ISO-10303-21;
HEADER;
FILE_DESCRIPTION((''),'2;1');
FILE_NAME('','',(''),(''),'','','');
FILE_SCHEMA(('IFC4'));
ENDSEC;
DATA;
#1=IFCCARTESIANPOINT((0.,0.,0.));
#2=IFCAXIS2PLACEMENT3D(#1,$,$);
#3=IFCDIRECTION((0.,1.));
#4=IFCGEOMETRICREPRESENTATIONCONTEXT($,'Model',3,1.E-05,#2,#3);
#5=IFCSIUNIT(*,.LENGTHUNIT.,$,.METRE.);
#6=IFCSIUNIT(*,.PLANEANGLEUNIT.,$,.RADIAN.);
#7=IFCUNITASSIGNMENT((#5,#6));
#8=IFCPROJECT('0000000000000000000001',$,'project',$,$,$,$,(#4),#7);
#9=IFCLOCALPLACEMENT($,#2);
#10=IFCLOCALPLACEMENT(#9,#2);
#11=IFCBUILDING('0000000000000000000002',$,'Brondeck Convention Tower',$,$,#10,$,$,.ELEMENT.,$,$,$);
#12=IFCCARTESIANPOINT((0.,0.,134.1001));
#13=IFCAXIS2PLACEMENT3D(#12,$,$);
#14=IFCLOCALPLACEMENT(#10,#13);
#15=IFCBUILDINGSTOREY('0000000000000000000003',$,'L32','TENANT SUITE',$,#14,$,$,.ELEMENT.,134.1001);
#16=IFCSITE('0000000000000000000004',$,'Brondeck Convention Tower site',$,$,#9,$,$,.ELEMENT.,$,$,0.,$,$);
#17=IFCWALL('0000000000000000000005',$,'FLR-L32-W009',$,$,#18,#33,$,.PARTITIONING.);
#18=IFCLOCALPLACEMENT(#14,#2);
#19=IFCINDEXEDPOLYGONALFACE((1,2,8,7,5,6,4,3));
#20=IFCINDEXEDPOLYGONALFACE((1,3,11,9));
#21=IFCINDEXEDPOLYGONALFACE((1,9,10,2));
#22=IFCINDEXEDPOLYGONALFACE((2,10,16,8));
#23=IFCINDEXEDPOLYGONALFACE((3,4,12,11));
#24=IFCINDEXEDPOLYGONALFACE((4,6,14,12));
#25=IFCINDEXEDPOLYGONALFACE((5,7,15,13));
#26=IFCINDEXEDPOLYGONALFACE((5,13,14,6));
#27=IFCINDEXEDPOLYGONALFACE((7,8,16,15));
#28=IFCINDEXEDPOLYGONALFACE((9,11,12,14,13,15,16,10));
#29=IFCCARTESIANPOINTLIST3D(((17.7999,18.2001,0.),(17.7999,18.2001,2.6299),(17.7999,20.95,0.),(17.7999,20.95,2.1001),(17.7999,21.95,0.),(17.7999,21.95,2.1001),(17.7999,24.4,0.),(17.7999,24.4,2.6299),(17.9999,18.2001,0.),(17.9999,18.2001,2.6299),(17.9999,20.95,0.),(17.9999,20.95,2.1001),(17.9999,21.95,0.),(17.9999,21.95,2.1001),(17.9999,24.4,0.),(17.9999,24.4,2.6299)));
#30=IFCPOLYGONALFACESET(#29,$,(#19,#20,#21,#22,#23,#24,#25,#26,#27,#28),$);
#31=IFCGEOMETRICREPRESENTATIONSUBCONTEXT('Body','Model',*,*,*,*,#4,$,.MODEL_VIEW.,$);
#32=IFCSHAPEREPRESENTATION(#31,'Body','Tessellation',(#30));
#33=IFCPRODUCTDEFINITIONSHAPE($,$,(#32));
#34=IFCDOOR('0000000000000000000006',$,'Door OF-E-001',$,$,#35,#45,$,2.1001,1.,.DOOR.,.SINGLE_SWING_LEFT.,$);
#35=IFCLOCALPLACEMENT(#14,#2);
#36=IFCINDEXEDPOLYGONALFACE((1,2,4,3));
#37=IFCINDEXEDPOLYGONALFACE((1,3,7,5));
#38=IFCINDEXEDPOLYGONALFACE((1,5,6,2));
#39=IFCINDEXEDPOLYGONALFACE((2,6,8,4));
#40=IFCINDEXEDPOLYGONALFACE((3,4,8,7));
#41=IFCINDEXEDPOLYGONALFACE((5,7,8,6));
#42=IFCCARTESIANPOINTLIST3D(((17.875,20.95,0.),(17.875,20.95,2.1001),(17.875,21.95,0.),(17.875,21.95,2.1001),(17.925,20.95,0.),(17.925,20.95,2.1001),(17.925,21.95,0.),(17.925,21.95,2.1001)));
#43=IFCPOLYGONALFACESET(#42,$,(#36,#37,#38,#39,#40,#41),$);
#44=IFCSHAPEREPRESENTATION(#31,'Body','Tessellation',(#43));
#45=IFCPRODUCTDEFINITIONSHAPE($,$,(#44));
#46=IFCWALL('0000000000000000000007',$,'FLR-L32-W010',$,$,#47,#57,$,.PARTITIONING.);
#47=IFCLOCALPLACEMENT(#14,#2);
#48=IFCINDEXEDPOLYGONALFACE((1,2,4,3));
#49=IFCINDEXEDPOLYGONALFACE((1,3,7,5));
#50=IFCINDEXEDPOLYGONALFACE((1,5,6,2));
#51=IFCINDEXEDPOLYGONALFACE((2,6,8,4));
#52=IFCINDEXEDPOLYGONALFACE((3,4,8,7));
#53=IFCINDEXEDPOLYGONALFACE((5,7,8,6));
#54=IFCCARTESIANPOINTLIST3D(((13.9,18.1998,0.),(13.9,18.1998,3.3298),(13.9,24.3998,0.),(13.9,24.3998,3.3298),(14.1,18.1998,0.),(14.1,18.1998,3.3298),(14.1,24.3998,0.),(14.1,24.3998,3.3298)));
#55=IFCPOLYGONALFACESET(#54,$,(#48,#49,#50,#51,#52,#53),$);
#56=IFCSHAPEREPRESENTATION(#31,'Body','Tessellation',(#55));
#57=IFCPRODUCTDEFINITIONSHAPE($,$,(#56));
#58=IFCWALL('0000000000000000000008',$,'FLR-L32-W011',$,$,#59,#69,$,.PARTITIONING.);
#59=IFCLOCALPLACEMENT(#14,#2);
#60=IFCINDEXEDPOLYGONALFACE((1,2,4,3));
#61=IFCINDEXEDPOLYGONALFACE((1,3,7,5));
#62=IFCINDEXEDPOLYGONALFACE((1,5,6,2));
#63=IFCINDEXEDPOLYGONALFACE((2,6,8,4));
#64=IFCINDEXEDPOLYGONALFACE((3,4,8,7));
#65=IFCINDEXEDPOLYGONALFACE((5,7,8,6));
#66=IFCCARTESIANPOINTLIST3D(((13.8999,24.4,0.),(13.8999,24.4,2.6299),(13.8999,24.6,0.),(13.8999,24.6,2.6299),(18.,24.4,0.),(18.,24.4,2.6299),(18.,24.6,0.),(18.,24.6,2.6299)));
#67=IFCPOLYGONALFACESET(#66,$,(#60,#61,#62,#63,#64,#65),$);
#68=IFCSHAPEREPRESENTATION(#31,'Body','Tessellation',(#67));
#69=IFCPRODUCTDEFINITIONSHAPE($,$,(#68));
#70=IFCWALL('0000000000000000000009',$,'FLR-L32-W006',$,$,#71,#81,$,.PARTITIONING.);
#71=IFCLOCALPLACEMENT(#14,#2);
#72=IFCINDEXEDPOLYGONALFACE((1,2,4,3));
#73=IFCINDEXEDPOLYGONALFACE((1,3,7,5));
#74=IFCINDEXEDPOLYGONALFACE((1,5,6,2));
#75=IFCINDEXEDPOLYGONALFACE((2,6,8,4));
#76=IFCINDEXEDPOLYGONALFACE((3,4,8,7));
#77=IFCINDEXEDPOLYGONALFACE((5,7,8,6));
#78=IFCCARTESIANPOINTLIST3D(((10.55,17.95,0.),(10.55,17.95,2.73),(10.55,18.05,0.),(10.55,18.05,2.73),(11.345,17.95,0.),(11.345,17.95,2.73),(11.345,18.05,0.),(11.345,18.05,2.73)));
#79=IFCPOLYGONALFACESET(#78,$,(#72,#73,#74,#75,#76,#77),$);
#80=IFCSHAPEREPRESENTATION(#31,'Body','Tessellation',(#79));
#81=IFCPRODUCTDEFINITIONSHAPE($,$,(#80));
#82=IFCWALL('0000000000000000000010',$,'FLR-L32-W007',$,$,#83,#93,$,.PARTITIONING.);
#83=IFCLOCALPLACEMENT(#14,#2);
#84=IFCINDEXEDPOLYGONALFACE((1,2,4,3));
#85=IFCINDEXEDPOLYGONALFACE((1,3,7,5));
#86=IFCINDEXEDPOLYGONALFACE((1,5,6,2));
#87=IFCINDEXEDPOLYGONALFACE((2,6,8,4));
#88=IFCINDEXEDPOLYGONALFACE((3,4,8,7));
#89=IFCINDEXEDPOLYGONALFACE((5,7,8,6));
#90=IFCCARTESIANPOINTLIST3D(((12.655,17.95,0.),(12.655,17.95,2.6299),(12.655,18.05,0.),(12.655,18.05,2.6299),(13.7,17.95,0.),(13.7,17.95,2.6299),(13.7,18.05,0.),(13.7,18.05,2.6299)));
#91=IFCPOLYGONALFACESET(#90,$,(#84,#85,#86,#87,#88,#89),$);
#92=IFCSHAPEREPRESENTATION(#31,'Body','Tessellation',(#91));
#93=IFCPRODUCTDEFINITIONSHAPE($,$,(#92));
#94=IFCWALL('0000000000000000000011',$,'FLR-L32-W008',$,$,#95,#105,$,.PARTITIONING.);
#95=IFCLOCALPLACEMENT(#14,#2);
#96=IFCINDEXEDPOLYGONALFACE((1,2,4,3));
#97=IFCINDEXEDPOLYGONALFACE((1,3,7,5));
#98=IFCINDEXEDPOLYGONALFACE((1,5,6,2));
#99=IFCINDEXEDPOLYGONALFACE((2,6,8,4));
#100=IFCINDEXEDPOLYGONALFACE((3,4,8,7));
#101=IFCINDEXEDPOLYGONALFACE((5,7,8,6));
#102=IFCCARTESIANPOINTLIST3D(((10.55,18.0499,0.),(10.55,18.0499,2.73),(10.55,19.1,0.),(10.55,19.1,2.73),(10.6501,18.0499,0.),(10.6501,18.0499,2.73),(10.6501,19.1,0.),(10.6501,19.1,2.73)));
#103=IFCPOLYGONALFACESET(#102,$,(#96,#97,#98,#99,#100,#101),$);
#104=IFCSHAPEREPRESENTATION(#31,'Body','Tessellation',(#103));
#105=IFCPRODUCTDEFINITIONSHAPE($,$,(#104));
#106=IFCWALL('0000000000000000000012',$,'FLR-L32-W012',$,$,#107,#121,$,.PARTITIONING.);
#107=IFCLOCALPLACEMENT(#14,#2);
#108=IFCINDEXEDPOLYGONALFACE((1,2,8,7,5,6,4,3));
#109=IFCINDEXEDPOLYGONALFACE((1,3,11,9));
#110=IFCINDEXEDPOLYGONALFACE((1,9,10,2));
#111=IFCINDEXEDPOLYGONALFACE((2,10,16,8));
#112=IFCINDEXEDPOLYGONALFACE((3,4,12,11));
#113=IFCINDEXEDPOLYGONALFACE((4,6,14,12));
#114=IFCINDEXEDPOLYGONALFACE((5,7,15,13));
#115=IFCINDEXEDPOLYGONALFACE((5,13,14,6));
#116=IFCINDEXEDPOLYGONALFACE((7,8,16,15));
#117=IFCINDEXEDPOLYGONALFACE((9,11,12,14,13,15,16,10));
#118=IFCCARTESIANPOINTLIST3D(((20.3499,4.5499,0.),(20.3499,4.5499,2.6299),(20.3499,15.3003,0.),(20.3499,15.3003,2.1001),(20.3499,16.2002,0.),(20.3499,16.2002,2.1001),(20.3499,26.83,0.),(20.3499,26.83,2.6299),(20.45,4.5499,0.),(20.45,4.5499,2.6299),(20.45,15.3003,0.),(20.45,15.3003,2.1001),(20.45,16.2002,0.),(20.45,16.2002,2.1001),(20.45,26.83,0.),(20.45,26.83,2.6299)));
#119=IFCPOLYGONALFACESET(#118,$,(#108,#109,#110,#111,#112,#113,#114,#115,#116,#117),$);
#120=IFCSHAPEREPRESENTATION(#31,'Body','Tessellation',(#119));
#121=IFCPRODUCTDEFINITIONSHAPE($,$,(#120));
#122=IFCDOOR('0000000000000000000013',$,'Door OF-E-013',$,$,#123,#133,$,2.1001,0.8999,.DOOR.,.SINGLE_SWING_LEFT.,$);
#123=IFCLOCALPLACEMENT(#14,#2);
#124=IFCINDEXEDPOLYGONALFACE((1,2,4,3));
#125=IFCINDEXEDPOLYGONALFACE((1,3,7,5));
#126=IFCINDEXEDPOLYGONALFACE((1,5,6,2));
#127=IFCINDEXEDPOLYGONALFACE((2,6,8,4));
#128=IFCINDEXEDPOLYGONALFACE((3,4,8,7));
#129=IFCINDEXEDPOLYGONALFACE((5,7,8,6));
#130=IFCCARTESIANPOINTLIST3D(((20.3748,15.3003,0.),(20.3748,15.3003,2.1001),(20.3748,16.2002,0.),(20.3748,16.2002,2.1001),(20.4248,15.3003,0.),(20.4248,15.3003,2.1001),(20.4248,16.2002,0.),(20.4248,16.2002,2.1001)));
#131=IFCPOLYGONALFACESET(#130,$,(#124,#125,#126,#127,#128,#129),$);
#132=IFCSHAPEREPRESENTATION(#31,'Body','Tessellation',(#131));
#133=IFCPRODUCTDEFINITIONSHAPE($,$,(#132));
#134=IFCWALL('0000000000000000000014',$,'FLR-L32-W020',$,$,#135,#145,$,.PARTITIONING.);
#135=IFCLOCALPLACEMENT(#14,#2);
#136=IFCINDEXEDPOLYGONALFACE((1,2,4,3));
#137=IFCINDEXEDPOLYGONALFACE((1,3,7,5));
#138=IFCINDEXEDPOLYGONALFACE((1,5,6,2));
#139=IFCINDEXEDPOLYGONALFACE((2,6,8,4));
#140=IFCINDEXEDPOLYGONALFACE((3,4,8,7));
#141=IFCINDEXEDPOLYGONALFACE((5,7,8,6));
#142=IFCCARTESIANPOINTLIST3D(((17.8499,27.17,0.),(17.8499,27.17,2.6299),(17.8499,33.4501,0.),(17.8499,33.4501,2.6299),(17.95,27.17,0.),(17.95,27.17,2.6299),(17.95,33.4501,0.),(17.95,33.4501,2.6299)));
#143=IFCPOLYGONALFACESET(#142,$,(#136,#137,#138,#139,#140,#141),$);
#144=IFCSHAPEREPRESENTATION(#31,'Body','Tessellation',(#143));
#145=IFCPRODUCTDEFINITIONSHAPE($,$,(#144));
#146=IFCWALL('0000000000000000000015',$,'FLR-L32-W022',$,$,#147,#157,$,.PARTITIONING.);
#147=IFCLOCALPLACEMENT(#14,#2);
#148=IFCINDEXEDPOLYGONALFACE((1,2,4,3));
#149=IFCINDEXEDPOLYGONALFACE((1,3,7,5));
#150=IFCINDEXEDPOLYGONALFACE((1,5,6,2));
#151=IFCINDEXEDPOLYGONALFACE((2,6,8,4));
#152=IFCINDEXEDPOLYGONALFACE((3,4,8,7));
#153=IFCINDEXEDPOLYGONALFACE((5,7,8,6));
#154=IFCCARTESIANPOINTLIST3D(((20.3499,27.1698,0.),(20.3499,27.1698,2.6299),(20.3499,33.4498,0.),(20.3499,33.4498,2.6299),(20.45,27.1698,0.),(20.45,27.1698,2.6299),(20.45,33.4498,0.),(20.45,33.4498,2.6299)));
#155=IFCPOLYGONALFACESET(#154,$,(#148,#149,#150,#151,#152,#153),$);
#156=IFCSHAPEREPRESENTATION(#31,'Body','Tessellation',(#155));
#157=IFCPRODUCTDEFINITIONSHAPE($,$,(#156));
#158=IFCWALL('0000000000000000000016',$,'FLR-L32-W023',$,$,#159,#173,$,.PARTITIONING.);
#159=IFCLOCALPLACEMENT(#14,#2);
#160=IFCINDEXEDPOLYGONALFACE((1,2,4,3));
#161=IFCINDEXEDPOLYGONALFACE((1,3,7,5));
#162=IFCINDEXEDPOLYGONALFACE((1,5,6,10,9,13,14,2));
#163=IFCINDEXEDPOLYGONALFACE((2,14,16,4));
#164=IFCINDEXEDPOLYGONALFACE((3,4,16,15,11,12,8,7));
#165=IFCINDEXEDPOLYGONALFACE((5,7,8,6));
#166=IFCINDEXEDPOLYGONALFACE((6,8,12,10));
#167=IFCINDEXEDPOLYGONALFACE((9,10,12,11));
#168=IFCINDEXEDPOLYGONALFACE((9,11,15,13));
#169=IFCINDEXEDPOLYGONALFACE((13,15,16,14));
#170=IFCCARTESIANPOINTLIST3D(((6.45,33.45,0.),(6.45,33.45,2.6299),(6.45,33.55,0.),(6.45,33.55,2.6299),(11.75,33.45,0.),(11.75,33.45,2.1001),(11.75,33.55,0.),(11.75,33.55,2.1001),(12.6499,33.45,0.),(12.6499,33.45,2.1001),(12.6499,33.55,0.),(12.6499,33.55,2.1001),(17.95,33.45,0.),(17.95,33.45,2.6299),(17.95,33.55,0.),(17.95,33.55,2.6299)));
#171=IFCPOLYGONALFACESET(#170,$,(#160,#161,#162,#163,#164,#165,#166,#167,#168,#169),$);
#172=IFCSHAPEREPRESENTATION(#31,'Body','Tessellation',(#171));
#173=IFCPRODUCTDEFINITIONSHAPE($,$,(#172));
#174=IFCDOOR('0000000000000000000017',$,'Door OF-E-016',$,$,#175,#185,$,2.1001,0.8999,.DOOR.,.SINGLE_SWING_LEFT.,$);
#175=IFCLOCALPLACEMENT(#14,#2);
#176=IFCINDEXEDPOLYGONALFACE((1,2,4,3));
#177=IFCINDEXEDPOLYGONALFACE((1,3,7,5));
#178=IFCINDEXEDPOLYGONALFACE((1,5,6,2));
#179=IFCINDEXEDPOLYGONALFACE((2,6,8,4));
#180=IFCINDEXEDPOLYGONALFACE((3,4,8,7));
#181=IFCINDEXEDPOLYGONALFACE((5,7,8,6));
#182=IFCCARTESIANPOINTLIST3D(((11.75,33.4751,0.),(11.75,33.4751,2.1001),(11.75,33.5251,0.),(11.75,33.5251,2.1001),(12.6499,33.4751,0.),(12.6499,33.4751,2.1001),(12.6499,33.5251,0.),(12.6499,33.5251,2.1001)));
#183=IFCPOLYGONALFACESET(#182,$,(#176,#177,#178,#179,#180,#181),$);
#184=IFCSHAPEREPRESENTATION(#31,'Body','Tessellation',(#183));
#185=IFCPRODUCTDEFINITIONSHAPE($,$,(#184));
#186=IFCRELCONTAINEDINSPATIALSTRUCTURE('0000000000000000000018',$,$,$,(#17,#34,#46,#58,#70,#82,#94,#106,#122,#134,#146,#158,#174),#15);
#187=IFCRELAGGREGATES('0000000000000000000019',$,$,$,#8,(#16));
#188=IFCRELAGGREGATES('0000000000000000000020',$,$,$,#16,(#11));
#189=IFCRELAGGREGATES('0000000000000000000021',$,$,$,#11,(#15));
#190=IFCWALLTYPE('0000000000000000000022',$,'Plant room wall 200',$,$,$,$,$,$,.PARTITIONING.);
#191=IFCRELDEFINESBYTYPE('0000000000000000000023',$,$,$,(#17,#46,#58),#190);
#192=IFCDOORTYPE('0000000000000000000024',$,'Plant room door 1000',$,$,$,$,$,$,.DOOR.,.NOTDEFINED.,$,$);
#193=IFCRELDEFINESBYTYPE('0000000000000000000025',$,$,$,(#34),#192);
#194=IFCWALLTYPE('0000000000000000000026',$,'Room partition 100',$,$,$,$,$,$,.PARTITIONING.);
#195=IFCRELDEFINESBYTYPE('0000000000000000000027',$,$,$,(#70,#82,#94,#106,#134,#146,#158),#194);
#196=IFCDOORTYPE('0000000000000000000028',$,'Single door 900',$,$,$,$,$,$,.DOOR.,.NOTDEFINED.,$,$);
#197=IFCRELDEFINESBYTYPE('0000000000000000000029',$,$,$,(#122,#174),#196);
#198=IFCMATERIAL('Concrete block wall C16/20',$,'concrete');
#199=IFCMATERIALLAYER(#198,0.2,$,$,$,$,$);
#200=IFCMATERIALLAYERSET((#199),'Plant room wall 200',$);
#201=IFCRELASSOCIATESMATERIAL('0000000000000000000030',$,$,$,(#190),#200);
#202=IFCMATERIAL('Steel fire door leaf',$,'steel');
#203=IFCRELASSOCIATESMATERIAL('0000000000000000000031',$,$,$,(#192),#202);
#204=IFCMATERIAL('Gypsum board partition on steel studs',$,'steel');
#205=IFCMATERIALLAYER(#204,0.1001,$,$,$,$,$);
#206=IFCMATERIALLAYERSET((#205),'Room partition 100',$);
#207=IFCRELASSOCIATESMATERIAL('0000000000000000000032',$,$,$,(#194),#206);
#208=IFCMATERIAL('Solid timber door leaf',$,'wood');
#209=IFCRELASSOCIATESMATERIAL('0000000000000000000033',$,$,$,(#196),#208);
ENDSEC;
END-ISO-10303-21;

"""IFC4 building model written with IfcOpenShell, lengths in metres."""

from ifc_helpers import new_model, si_unit, direction, frame, frame_2d, origin, place, context, subcontext, project, spatial, rectangle, extrude, material, layer, layer_set, type_object, element, fill, save


model = new_model("IFC4")

# Units and contexts
model_context = context("Model", 3, precision=1e-05, world=origin(), true_north=direction((0.0, 1.0)))
body_context = subcontext(model_context, "Body", "Model", "MODEL_VIEW")
ifc_project = project(units=[si_unit("LENGTHUNIT", "METRE"), si_unit("PLANEANGLEUNIT", "RADIAN")], contexts=[model_context])

# Site, building, storey
site_placement = place(None, origin())
site = spatial("IfcSite", under=ifc_project, at=site_placement, Name="Brondeck Convention Tower site", CompositionType="ELEMENT", RefElevation=0.0)
building_placement = place(site_placement, origin())
building = spatial("IfcBuilding", under=site, at=building_placement, Name="Brondeck Convention Tower", CompositionType="ELEMENT")
storey_placement = place(building_placement, frame((0.0, 0.0, 134.1001)))
storey = spatial("IfcBuildingStorey", under=building, at=storey_placement, Name="L32", Description="TENANT SUITE", CompositionType="ELEMENT", Elevation=134.1001)

# Wall, opening, door
ifc_material_1 = material(Name="Concrete block wall C16/20", Category="concrete")
ifc_layer_1 = layer(ifc_material_1, 0.2)
ifc_layer_set_1 = layer_set([ifc_layer_1], Name="Plant room wall 200")
wall_type_1 = type_object("IfcWallType", Name="Plant room wall 200", PredefinedType="PARTITIONING", material=ifc_layer_set_1)
wall_1_placement = place(storey_placement, frame((17.8999, 18.2, 0.0), z_axis=(0.0, 0.0, 1.0), x_axis=(0.0, 1.0, 0.0)))
wall_1 = element("IfcWall", 1, at=wall_1_placement, inside=storey, type_object=wall_type_1, Name="FLR-L32-W009", PredefinedType="PARTITIONING", context=body_context, shape_type="SweptSolid", body=[
    extrude(rectangle(XDim=6.2, YDim=0.2, at=frame_2d((3.1001, 0.0))), origin(), (0.0, 0.0, 1.0), 2.6299),
])
opening_1_placement = place(wall_1_placement, frame((2.75, 0.0, 0.0)))
opening_1 = element("IfcOpeningElement", 2, at=opening_1_placement, cuts=wall_1, PredefinedType="OPENING", context=body_context, shape_type="SweptSolid", body=[
    extrude(rectangle(XDim=1.0, YDim=2.1001, at=frame_2d((0.5, 1.05))), frame((0.0, 0.1099, 0.0), z_axis=(0.0, -1.0, 0.0), x_axis=(1.0, 0.0, 0.0)), (0.0, 0.0, 1.0), 0.22),
])
ifc_material_2 = material(Name="Steel fire door leaf", Category="steel")
door_type_1 = type_object("IfcDoorType", Name="Plant room door 1000", OperationType="NOTDEFINED", PredefinedType="DOOR", material=ifc_material_2)
door_1_placement = place(opening_1_placement, origin())
door_1 = element("IfcDoor", 3, at=door_1_placement, inside=storey, type_object=door_type_1, Name="Door OF-E-001", OperationType="SINGLE_SWING_LEFT", OverallHeight=2.1001, OverallWidth=1.0, PredefinedType="DOOR", context=body_context, shape_type="SweptSolid", body=[
    extrude(rectangle(XDim=1.0, YDim=2.1001, at=frame_2d((0.5, 1.05))), frame((0.0, 0.0249, 0.0), z_axis=(0.0, -1.0, 0.0), x_axis=(1.0, 0.0, 0.0)), (0.0, 0.0, 1.0), 0.05),
])
fill(opening_1, door_1)

# Walls
wall_2_placement = place(storey_placement, frame((14.0, 24.3999, 0.0), z_axis=(0.0, 0.0, 1.0), x_axis=(0.0, -1.0, 0.0)))
element("IfcWall", 4, at=wall_2_placement, inside=storey, type_object=wall_type_1, Name="FLR-L32-W010", PredefinedType="PARTITIONING", context=body_context, shape_type="SweptSolid", body=[
    extrude(rectangle(XDim=6.2, YDim=0.2, at=frame_2d((3.1001, 0.0))), origin(), (0.0, 0.0, 1.0), 3.3298),
])
wall_3_placement = place(storey_placement, frame((18.0, 24.5, 0.0), z_axis=(0.0, 0.0, 1.0), x_axis=(-1.0, 0.0, 0.0)))
element("IfcWall", 5, at=wall_3_placement, inside=storey, type_object=wall_type_1, Name="FLR-L32-W011", PredefinedType="PARTITIONING", context=body_context, shape_type="SweptSolid", body=[
    extrude(rectangle(XDim=4.1001, YDim=0.2, at=frame_2d((2.05, 0.0))), origin(), (0.0, 0.0, 1.0), 2.6299),
])
ifc_material_3 = material(Name="Gypsum board partition on steel studs", Category="steel")
ifc_layer_2 = layer(ifc_material_3, 0.1001)
ifc_layer_set_2 = layer_set([ifc_layer_2], Name="Room partition 100")
wall_type_2 = type_object("IfcWallType", Name="Room partition 100", PredefinedType="PARTITIONING", material=ifc_layer_set_2)
wall_4_placement = place(storey_placement, frame((11.345, 18.0, 0.0), z_axis=(0.0, 0.0, 1.0), x_axis=(-1.0, 0.0, 0.0)))
element("IfcWall", 6, at=wall_4_placement, inside=storey, type_object=wall_type_2, Name="FLR-L32-W006", PredefinedType="PARTITIONING", context=body_context, shape_type="SweptSolid", body=[
    extrude(rectangle(XDim=0.7949, YDim=0.1001, at=frame_2d((0.3975, 0.0))), origin(), (0.0, 0.0, 1.0), 2.73),
])
wall_5_placement = place(storey_placement, frame((13.7, 18.0, 0.0), z_axis=(0.0, 0.0, 1.0), x_axis=(-1.0, 0.0, 0.0)))
element("IfcWall", 7, at=wall_5_placement, inside=storey, type_object=wall_type_2, Name="FLR-L32-W007", PredefinedType="PARTITIONING", context=body_context, shape_type="SweptSolid", body=[
    extrude(rectangle(XDim=1.0449, YDim=0.1001, at=frame_2d((0.5225, 0.0))), origin(), (0.0, 0.0, 1.0), 2.6299),
])
wall_6_placement = place(storey_placement, frame((10.6001, 18.05, 0.0), z_axis=(0.0, 0.0, 1.0), x_axis=(0.0, 1.0, 0.0)))
element("IfcWall", 8, at=wall_6_placement, inside=storey, type_object=wall_type_2, Name="FLR-L32-W008", PredefinedType="PARTITIONING", context=body_context, shape_type="SweptSolid", body=[
    extrude(rectangle(XDim=1.05, YDim=0.1001, at=frame_2d((0.5249, 0.0))), origin(), (0.0, 0.0, 1.0), 2.73),
])

# Wall, opening, door
wall_7_placement = place(storey_placement, frame((20.3999, 26.8301, 0.0), z_axis=(0.0, 0.0, 1.0), x_axis=(0.0, -1.0, 0.0)))
wall_7 = element("IfcWall", 9, at=wall_7_placement, inside=storey, type_object=wall_type_2, Name="FLR-L32-W012", PredefinedType="PARTITIONING", context=body_context, shape_type="SweptSolid", body=[
    extrude(rectangle(XDim=22.28, YDim=0.1001, at=frame_2d((11.1401, 0.0))), origin(), (0.0, 0.0, 1.0), 2.6299),
])
opening_2_placement = place(wall_7_placement, frame((10.6299, 0.0, 0.0)))
opening_2 = element("IfcOpeningElement", 10, at=opening_2_placement, cuts=wall_7, PredefinedType="OPENING", context=body_context, shape_type="SweptSolid", body=[
    extrude(rectangle(XDim=0.8999, YDim=2.1001, at=frame_2d((0.45, 1.05))), frame((0.0, 0.0601, 0.0), z_axis=(0.0, -1.0, 0.0), x_axis=(1.0, 0.0, 0.0)), (0.0, 0.0, 1.0), 0.1201),
])
ifc_material_4 = material(Name="Solid timber door leaf", Category="wood")
door_type_2 = type_object("IfcDoorType", Name="Single door 900", OperationType="NOTDEFINED", PredefinedType="DOOR", material=ifc_material_4)
door_2_placement = place(opening_2_placement, origin())
door_2 = element("IfcDoor", 11, at=door_2_placement, inside=storey, type_object=door_type_2, Name="Door OF-E-013", OperationType="SINGLE_SWING_LEFT", OverallHeight=2.1001, OverallWidth=0.8999, PredefinedType="DOOR", context=body_context, shape_type="SweptSolid", body=[
    extrude(rectangle(XDim=0.8999, YDim=2.1001, at=frame_2d((0.45, 1.05))), frame((0.0, 0.0249, 0.0), z_axis=(0.0, -1.0, 0.0), x_axis=(1.0, 0.0, 0.0)), (0.0, 0.0, 1.0), 0.05),
])
fill(opening_2, door_2)

# Walls
for number, where, z_axis, x_axis, name in (
    (12, (17.8999, 27.1699, 0.0), (0.0, 0.0, 1.0), (0.0, 1.0, 0.0), "FLR-L32-W020"),
    (13, (20.3999, 33.45, 0.0), (0.0, 0.0, 1.0), (0.0, -1.0, 0.0), "FLR-L32-W022"),
):
    element("IfcWall", number, at=place(storey_placement, frame(where, z_axis=z_axis, x_axis=x_axis)), inside=storey, type_object=wall_type_2, Name=name, PredefinedType="PARTITIONING", context=body_context, shape_type="SweptSolid", body=[
        extrude(rectangle(XDim=6.28, YDim=0.1001, at=frame_2d((3.1401, 0.0))), origin(), (0.0, 0.0, 1.0), 2.6299),
    ])

# Wall, opening, door
wall_8_placement = place(storey_placement, frame((17.95, 33.5, 0.0), z_axis=(0.0, 0.0, 1.0), x_axis=(-1.0, 0.0, 0.0)))
wall_8 = element("IfcWall", 14, at=wall_8_placement, inside=storey, type_object=wall_type_2, Name="FLR-L32-W023", PredefinedType="PARTITIONING", context=body_context, shape_type="SweptSolid", body=[
    extrude(rectangle(XDim=11.5, YDim=0.1001, at=frame_2d((5.75, 0.0))), origin(), (0.0, 0.0, 1.0), 2.6299),
])
opening_3_placement = place(wall_8_placement, frame((5.3, 0.0, 0.0)))
opening_3 = element("IfcOpeningElement", 15, at=opening_3_placement, cuts=wall_8, PredefinedType="OPENING", context=body_context, shape_type="SweptSolid", body=[
    extrude(rectangle(XDim=0.8999, YDim=2.1001, at=frame_2d((0.45, 1.05))), frame((0.0, 0.0601, 0.0), z_axis=(0.0, -1.0, 0.0), x_axis=(1.0, 0.0, 0.0)), (0.0, 0.0, 1.0), 0.1201),
])
door_3_placement = place(opening_3_placement, origin())
door_3 = element("IfcDoor", 16, at=door_3_placement, inside=storey, type_object=door_type_2, Name="Door OF-E-016", OperationType="SINGLE_SWING_LEFT", OverallHeight=2.1001, OverallWidth=0.8999, PredefinedType="DOOR", context=body_context, shape_type="SweptSolid", body=[
    extrude(rectangle(XDim=0.8999, YDim=2.1001, at=frame_2d((0.45, 1.05))), frame((0.0, 0.0249, 0.0), z_axis=(0.0, -1.0, 0.0), x_axis=(1.0, 0.0, 0.0)), (0.0, 0.0, 1.0), 0.05),
])
fill(opening_3, door_3)

save(model, "model.ifc")
